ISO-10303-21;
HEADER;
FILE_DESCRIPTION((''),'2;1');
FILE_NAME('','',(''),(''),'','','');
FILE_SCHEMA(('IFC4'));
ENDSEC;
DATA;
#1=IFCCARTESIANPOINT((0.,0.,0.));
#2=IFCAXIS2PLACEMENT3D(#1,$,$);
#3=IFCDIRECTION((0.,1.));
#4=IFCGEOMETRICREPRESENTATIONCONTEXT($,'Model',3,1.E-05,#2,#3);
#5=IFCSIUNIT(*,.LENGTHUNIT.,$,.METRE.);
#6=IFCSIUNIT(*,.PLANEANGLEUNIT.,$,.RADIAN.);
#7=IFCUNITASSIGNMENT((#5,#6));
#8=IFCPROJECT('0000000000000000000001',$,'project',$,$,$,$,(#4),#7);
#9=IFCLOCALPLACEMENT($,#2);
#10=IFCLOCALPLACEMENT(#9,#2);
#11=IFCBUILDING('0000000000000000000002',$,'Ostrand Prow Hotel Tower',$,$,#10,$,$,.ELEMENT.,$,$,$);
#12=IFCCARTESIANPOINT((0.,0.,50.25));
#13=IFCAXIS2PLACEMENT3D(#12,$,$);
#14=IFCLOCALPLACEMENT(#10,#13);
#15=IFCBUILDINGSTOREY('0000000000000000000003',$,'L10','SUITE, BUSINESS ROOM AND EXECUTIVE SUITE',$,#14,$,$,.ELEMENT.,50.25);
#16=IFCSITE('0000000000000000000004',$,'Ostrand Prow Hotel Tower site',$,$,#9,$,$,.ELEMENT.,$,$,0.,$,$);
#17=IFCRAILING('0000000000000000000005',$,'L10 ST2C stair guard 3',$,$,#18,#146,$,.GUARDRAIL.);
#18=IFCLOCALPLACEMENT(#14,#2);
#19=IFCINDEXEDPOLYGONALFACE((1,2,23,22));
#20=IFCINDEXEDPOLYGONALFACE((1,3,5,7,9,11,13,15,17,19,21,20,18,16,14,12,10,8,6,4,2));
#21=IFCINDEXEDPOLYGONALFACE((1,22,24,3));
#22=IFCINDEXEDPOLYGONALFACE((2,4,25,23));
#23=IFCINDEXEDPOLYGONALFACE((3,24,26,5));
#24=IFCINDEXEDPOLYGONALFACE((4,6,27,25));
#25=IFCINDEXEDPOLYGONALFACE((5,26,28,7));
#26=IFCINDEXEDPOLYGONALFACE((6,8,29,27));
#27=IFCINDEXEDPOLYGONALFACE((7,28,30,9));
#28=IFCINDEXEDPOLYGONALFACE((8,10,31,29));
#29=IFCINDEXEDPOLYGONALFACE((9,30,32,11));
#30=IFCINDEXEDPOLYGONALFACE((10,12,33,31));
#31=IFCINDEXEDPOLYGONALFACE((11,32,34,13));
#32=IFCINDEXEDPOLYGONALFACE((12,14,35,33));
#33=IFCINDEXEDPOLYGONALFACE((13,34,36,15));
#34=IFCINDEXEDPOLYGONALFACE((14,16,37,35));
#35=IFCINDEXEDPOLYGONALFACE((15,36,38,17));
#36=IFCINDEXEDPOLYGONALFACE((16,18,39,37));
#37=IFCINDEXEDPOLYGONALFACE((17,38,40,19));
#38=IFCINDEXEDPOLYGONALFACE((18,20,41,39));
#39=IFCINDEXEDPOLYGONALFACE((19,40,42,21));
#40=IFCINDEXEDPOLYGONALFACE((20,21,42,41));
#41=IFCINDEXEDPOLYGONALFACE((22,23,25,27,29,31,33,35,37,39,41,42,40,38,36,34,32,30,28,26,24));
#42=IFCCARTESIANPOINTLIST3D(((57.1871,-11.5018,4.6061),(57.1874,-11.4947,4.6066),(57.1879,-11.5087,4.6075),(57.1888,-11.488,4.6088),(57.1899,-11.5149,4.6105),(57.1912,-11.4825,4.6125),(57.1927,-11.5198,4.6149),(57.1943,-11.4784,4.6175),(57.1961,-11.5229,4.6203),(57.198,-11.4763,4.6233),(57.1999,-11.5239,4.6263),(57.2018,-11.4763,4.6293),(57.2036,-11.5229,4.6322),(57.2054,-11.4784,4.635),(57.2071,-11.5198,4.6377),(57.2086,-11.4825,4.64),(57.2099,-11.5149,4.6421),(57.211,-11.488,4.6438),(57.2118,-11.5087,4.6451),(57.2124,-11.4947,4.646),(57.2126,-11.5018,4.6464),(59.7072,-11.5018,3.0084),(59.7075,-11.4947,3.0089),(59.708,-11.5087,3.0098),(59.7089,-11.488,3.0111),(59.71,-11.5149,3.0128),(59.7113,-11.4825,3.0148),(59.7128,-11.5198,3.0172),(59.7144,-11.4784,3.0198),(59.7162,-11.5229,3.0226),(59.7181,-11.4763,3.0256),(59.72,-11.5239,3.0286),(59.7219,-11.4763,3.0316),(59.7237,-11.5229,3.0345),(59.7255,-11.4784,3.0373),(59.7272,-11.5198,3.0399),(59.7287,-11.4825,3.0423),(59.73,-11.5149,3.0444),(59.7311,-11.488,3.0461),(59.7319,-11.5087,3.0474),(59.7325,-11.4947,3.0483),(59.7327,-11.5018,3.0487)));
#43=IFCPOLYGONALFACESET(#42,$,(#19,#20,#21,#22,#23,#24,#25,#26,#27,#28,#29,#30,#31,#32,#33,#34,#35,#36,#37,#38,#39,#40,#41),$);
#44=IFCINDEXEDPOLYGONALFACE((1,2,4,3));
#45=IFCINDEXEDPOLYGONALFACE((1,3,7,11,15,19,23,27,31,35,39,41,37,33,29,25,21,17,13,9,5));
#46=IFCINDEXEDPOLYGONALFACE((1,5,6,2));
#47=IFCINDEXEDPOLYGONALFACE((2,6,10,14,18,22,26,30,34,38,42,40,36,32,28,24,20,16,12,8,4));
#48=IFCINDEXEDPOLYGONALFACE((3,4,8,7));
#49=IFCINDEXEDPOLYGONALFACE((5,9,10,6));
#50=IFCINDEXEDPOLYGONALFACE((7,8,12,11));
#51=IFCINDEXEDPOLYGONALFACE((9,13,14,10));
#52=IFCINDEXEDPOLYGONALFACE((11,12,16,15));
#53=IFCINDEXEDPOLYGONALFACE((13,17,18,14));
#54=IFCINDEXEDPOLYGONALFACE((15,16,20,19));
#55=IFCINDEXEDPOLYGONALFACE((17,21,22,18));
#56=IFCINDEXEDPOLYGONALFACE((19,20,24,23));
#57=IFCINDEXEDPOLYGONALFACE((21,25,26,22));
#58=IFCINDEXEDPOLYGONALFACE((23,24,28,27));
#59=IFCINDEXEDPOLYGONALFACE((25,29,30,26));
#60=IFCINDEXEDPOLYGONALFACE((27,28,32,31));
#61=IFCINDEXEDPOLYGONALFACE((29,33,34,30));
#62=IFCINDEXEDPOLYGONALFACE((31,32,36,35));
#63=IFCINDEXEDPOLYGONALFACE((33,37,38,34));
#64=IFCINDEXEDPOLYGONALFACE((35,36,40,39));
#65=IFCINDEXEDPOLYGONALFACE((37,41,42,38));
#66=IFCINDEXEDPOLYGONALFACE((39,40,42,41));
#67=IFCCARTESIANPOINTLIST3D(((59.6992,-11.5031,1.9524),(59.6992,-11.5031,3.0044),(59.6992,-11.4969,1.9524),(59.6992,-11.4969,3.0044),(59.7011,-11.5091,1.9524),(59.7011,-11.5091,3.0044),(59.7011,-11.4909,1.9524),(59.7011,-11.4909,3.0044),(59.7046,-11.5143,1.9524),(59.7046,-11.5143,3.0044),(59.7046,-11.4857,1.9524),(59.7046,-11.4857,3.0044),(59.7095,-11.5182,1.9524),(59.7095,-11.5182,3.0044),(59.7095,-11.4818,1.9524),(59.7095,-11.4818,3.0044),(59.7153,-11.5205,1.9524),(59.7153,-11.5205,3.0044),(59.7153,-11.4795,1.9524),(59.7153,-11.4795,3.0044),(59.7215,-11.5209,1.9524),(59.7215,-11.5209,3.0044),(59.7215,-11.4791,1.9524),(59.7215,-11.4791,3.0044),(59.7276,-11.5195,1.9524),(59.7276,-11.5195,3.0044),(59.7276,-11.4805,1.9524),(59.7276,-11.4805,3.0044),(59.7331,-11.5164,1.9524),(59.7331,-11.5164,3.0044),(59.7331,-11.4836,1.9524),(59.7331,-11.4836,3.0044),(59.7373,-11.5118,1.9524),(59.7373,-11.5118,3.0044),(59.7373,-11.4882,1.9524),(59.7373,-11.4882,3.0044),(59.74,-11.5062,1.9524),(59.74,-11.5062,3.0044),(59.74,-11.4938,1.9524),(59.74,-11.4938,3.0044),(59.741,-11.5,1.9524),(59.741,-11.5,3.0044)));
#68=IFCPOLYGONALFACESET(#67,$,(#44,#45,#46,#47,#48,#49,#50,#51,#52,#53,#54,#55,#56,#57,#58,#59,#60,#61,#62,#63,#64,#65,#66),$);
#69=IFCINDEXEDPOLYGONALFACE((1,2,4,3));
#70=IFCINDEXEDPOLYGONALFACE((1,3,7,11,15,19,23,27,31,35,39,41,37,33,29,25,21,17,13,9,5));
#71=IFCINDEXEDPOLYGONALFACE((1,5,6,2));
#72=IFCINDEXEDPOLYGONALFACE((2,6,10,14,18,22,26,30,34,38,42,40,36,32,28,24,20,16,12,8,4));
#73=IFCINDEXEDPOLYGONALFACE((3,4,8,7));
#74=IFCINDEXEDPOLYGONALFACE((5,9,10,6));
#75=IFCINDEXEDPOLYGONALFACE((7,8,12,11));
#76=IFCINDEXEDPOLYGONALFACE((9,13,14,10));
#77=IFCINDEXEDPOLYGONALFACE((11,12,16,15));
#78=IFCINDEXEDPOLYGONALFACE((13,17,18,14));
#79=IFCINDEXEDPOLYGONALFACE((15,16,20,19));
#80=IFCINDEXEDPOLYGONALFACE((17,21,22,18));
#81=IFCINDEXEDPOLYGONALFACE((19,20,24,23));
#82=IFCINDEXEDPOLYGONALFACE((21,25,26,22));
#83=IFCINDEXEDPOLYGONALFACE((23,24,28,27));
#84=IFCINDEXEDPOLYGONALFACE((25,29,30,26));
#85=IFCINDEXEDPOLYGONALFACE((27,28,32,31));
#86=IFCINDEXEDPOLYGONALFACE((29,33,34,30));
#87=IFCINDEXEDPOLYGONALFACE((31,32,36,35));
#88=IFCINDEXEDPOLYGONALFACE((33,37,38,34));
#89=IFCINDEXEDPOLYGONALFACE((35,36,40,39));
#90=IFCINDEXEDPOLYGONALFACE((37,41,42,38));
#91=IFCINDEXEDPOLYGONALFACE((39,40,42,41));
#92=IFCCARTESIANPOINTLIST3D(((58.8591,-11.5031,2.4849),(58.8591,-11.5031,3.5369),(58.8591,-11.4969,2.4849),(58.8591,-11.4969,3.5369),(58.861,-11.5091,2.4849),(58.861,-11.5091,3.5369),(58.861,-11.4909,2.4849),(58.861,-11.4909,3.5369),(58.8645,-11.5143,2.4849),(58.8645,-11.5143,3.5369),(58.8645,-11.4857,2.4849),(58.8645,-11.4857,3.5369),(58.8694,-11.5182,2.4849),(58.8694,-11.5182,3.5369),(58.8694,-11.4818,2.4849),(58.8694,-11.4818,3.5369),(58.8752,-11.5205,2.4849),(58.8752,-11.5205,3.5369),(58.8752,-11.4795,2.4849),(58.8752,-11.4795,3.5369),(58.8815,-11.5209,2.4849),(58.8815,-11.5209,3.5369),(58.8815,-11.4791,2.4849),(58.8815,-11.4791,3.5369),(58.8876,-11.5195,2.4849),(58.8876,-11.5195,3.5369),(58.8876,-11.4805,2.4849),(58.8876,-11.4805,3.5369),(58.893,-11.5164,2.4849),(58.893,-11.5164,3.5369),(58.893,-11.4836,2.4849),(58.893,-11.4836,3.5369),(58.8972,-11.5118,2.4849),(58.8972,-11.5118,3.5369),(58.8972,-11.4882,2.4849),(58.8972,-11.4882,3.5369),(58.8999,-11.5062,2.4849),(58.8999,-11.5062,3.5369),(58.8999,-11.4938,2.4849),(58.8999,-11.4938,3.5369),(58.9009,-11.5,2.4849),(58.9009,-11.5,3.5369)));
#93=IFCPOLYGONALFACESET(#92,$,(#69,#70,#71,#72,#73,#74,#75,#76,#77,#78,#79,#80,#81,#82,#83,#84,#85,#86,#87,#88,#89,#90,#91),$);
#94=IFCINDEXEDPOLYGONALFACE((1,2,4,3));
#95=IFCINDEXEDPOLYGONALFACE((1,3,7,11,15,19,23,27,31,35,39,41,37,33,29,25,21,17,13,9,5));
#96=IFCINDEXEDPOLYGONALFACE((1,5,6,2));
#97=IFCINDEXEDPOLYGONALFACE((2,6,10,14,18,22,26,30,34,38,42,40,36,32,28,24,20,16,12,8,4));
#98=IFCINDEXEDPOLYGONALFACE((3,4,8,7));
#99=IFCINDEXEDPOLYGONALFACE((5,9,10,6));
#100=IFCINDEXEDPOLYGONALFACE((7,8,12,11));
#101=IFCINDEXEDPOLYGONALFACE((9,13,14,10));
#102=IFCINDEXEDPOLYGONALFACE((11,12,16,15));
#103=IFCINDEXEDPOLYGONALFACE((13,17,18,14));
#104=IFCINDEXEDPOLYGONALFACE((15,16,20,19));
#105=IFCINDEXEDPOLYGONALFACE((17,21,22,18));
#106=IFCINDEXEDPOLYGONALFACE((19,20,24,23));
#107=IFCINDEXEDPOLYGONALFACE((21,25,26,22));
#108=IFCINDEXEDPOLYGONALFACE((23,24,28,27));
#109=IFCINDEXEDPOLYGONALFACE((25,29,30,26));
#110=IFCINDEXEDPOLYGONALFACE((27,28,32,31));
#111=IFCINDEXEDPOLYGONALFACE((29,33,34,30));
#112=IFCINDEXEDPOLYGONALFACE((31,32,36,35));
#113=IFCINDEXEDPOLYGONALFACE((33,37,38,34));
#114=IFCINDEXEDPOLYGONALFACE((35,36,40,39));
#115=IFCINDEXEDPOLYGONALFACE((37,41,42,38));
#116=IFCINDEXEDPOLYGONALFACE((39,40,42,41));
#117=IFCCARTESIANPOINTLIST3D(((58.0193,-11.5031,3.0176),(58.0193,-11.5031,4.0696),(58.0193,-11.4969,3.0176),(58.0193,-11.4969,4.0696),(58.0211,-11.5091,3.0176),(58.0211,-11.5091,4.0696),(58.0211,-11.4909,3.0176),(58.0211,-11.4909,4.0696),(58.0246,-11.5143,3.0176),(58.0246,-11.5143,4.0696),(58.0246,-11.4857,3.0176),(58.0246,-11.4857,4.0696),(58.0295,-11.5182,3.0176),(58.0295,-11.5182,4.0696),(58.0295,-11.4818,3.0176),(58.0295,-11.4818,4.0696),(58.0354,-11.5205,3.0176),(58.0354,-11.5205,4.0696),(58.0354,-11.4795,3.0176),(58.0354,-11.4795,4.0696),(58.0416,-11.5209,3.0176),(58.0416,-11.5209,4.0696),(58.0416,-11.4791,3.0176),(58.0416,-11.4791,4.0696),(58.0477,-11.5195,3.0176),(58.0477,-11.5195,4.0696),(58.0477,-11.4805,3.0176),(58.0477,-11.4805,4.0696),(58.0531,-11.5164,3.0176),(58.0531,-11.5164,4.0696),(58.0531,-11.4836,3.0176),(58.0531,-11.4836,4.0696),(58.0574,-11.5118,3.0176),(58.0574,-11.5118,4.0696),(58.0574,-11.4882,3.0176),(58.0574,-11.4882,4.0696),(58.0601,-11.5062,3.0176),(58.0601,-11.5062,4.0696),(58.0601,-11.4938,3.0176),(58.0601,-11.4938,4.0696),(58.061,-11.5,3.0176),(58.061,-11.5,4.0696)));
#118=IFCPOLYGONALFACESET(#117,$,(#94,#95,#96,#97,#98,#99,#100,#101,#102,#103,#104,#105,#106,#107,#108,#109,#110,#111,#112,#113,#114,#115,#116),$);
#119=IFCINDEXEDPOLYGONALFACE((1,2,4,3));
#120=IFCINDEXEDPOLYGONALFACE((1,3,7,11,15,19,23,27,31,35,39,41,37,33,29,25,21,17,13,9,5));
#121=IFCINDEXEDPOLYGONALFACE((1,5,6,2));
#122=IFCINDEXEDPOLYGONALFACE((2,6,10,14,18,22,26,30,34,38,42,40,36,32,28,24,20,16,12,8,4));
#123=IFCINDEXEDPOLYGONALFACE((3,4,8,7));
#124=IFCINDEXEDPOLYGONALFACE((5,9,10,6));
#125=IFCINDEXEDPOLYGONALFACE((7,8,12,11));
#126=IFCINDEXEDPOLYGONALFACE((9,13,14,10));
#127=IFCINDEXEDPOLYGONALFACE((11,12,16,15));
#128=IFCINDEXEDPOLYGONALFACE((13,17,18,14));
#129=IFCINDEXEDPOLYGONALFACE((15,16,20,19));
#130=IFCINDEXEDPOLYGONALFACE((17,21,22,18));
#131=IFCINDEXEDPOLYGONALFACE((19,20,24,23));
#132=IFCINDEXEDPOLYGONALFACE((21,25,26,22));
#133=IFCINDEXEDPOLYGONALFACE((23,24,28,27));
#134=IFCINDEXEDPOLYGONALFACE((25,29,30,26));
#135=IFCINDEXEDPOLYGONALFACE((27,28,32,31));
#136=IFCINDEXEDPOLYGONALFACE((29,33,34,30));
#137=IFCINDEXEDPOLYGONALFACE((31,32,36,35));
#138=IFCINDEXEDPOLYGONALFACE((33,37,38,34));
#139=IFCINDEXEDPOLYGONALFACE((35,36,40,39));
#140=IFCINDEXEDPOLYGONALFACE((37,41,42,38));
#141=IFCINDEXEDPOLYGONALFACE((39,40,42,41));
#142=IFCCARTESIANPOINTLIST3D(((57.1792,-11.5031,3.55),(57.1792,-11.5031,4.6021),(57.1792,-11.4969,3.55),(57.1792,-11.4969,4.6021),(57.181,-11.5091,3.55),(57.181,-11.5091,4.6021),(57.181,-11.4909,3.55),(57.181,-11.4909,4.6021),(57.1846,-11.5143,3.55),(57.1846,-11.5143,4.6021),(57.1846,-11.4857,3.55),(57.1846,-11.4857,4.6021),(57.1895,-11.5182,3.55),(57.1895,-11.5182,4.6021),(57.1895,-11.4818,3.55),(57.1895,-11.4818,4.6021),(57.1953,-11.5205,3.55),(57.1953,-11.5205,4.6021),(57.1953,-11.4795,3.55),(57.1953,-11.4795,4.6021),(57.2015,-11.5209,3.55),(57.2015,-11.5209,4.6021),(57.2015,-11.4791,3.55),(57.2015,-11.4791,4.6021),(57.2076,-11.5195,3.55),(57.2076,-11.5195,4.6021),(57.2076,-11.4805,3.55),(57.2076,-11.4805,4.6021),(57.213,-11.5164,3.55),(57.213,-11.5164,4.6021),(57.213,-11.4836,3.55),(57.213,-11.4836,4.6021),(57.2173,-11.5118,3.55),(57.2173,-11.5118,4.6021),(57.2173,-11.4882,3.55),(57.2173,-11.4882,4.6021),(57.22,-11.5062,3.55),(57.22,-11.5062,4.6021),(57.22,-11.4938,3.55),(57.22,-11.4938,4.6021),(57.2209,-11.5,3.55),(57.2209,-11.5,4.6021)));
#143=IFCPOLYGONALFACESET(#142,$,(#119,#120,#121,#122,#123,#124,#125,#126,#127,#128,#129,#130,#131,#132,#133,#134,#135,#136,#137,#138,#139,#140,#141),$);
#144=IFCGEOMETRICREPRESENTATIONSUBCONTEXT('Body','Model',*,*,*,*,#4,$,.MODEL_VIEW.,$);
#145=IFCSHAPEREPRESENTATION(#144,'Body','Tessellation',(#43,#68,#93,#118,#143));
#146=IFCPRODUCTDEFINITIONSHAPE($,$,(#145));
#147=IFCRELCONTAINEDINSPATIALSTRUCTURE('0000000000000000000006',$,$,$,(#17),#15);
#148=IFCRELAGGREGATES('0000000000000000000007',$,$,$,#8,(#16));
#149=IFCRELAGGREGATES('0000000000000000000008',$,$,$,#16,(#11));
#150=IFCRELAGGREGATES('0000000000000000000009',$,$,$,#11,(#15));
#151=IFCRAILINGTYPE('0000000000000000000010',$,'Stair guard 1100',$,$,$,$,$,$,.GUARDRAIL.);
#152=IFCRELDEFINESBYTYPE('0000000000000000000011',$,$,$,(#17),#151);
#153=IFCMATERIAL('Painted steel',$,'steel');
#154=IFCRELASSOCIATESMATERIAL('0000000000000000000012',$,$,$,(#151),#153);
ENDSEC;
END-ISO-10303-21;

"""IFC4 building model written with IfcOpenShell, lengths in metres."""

from ifc_helpers import new_model, si_unit, direction, frame, origin, origin_2d, place, context, subcontext, project, spatial, circle, extrude, material, type_object, element, save


model = new_model("IFC4")

# Units and contexts
model_context = context("Model", 3, precision=1e-05, world=origin(), true_north=direction((0.0, 1.0)))
body_context = subcontext(model_context, "Body", "Model", "MODEL_VIEW")
ifc_project = project(units=[si_unit("LENGTHUNIT", "METRE"), si_unit("PLANEANGLEUNIT", "RADIAN")], contexts=[model_context])

# Site, building, storey
site_placement = place(None, origin())
site = spatial("IfcSite", under=ifc_project, at=site_placement, Name="Ostrand Prow Hotel Tower site", CompositionType="ELEMENT", RefElevation=0.0)
building_placement = place(site_placement, origin())
building = spatial("IfcBuilding", under=site, at=building_placement, Name="Ostrand Prow Hotel Tower", CompositionType="ELEMENT")
storey_placement = place(building_placement, frame((0.0, 0.0, 50.25)))
storey = spatial("IfcBuildingStorey", under=building, at=storey_placement, Name="L10", Description="SUITE, BUSINESS ROOM AND EXECUTIVE SUITE", CompositionType="ELEMENT", Elevation=50.25)

# Railing
ifc_material_1 = material(Name="Painted steel", Category="steel")
railing_type_1 = type_object("IfcRailingType", Name="Stair guard 1100", PredefinedType="GUARDRAIL", material=ifc_material_1)
railing_1_placement = place(storey_placement, frame((59.72, -11.5, 1.9524)))
element("IfcRailing", 1, at=railing_1_placement, inside=storey, type_object=railing_type_1, Name="L10 ST2C stair guard 3", PredefinedType="GUARDRAIL", context=body_context, shape_type="SweptSolid", body=[
    extrude(circle(Radius=0.0239, at=origin_2d()), frame((0.0, 0.0, 1.0762), z_axis=(-0.84457, 0.0, 0.535445), x_axis=(0.0, -1.0, 0.0)), (0.0, 0.0, 1.0), 2.9839),
    extrude(circle(Radius=0.021, at=origin_2d()), origin(), (0.0, 0.0, 1.0), 1.052),
    extrude(circle(Radius=0.021, at=origin_2d()), frame((-0.8401, 0.0, 0.5325)), (0.0, 0.0, 1.0), 1.052),
    extrude(circle(Radius=0.021, at=origin_2d()), frame((-1.6799, 0.0, 1.0652)), (0.0, 0.0, 1.0), 1.052),
    extrude(circle(Radius=0.021, at=origin_2d()), frame((-2.52, 0.0, 1.5977)), (0.0, 0.0, 1.0), 1.052),
])

save(model, "model.ifc")
